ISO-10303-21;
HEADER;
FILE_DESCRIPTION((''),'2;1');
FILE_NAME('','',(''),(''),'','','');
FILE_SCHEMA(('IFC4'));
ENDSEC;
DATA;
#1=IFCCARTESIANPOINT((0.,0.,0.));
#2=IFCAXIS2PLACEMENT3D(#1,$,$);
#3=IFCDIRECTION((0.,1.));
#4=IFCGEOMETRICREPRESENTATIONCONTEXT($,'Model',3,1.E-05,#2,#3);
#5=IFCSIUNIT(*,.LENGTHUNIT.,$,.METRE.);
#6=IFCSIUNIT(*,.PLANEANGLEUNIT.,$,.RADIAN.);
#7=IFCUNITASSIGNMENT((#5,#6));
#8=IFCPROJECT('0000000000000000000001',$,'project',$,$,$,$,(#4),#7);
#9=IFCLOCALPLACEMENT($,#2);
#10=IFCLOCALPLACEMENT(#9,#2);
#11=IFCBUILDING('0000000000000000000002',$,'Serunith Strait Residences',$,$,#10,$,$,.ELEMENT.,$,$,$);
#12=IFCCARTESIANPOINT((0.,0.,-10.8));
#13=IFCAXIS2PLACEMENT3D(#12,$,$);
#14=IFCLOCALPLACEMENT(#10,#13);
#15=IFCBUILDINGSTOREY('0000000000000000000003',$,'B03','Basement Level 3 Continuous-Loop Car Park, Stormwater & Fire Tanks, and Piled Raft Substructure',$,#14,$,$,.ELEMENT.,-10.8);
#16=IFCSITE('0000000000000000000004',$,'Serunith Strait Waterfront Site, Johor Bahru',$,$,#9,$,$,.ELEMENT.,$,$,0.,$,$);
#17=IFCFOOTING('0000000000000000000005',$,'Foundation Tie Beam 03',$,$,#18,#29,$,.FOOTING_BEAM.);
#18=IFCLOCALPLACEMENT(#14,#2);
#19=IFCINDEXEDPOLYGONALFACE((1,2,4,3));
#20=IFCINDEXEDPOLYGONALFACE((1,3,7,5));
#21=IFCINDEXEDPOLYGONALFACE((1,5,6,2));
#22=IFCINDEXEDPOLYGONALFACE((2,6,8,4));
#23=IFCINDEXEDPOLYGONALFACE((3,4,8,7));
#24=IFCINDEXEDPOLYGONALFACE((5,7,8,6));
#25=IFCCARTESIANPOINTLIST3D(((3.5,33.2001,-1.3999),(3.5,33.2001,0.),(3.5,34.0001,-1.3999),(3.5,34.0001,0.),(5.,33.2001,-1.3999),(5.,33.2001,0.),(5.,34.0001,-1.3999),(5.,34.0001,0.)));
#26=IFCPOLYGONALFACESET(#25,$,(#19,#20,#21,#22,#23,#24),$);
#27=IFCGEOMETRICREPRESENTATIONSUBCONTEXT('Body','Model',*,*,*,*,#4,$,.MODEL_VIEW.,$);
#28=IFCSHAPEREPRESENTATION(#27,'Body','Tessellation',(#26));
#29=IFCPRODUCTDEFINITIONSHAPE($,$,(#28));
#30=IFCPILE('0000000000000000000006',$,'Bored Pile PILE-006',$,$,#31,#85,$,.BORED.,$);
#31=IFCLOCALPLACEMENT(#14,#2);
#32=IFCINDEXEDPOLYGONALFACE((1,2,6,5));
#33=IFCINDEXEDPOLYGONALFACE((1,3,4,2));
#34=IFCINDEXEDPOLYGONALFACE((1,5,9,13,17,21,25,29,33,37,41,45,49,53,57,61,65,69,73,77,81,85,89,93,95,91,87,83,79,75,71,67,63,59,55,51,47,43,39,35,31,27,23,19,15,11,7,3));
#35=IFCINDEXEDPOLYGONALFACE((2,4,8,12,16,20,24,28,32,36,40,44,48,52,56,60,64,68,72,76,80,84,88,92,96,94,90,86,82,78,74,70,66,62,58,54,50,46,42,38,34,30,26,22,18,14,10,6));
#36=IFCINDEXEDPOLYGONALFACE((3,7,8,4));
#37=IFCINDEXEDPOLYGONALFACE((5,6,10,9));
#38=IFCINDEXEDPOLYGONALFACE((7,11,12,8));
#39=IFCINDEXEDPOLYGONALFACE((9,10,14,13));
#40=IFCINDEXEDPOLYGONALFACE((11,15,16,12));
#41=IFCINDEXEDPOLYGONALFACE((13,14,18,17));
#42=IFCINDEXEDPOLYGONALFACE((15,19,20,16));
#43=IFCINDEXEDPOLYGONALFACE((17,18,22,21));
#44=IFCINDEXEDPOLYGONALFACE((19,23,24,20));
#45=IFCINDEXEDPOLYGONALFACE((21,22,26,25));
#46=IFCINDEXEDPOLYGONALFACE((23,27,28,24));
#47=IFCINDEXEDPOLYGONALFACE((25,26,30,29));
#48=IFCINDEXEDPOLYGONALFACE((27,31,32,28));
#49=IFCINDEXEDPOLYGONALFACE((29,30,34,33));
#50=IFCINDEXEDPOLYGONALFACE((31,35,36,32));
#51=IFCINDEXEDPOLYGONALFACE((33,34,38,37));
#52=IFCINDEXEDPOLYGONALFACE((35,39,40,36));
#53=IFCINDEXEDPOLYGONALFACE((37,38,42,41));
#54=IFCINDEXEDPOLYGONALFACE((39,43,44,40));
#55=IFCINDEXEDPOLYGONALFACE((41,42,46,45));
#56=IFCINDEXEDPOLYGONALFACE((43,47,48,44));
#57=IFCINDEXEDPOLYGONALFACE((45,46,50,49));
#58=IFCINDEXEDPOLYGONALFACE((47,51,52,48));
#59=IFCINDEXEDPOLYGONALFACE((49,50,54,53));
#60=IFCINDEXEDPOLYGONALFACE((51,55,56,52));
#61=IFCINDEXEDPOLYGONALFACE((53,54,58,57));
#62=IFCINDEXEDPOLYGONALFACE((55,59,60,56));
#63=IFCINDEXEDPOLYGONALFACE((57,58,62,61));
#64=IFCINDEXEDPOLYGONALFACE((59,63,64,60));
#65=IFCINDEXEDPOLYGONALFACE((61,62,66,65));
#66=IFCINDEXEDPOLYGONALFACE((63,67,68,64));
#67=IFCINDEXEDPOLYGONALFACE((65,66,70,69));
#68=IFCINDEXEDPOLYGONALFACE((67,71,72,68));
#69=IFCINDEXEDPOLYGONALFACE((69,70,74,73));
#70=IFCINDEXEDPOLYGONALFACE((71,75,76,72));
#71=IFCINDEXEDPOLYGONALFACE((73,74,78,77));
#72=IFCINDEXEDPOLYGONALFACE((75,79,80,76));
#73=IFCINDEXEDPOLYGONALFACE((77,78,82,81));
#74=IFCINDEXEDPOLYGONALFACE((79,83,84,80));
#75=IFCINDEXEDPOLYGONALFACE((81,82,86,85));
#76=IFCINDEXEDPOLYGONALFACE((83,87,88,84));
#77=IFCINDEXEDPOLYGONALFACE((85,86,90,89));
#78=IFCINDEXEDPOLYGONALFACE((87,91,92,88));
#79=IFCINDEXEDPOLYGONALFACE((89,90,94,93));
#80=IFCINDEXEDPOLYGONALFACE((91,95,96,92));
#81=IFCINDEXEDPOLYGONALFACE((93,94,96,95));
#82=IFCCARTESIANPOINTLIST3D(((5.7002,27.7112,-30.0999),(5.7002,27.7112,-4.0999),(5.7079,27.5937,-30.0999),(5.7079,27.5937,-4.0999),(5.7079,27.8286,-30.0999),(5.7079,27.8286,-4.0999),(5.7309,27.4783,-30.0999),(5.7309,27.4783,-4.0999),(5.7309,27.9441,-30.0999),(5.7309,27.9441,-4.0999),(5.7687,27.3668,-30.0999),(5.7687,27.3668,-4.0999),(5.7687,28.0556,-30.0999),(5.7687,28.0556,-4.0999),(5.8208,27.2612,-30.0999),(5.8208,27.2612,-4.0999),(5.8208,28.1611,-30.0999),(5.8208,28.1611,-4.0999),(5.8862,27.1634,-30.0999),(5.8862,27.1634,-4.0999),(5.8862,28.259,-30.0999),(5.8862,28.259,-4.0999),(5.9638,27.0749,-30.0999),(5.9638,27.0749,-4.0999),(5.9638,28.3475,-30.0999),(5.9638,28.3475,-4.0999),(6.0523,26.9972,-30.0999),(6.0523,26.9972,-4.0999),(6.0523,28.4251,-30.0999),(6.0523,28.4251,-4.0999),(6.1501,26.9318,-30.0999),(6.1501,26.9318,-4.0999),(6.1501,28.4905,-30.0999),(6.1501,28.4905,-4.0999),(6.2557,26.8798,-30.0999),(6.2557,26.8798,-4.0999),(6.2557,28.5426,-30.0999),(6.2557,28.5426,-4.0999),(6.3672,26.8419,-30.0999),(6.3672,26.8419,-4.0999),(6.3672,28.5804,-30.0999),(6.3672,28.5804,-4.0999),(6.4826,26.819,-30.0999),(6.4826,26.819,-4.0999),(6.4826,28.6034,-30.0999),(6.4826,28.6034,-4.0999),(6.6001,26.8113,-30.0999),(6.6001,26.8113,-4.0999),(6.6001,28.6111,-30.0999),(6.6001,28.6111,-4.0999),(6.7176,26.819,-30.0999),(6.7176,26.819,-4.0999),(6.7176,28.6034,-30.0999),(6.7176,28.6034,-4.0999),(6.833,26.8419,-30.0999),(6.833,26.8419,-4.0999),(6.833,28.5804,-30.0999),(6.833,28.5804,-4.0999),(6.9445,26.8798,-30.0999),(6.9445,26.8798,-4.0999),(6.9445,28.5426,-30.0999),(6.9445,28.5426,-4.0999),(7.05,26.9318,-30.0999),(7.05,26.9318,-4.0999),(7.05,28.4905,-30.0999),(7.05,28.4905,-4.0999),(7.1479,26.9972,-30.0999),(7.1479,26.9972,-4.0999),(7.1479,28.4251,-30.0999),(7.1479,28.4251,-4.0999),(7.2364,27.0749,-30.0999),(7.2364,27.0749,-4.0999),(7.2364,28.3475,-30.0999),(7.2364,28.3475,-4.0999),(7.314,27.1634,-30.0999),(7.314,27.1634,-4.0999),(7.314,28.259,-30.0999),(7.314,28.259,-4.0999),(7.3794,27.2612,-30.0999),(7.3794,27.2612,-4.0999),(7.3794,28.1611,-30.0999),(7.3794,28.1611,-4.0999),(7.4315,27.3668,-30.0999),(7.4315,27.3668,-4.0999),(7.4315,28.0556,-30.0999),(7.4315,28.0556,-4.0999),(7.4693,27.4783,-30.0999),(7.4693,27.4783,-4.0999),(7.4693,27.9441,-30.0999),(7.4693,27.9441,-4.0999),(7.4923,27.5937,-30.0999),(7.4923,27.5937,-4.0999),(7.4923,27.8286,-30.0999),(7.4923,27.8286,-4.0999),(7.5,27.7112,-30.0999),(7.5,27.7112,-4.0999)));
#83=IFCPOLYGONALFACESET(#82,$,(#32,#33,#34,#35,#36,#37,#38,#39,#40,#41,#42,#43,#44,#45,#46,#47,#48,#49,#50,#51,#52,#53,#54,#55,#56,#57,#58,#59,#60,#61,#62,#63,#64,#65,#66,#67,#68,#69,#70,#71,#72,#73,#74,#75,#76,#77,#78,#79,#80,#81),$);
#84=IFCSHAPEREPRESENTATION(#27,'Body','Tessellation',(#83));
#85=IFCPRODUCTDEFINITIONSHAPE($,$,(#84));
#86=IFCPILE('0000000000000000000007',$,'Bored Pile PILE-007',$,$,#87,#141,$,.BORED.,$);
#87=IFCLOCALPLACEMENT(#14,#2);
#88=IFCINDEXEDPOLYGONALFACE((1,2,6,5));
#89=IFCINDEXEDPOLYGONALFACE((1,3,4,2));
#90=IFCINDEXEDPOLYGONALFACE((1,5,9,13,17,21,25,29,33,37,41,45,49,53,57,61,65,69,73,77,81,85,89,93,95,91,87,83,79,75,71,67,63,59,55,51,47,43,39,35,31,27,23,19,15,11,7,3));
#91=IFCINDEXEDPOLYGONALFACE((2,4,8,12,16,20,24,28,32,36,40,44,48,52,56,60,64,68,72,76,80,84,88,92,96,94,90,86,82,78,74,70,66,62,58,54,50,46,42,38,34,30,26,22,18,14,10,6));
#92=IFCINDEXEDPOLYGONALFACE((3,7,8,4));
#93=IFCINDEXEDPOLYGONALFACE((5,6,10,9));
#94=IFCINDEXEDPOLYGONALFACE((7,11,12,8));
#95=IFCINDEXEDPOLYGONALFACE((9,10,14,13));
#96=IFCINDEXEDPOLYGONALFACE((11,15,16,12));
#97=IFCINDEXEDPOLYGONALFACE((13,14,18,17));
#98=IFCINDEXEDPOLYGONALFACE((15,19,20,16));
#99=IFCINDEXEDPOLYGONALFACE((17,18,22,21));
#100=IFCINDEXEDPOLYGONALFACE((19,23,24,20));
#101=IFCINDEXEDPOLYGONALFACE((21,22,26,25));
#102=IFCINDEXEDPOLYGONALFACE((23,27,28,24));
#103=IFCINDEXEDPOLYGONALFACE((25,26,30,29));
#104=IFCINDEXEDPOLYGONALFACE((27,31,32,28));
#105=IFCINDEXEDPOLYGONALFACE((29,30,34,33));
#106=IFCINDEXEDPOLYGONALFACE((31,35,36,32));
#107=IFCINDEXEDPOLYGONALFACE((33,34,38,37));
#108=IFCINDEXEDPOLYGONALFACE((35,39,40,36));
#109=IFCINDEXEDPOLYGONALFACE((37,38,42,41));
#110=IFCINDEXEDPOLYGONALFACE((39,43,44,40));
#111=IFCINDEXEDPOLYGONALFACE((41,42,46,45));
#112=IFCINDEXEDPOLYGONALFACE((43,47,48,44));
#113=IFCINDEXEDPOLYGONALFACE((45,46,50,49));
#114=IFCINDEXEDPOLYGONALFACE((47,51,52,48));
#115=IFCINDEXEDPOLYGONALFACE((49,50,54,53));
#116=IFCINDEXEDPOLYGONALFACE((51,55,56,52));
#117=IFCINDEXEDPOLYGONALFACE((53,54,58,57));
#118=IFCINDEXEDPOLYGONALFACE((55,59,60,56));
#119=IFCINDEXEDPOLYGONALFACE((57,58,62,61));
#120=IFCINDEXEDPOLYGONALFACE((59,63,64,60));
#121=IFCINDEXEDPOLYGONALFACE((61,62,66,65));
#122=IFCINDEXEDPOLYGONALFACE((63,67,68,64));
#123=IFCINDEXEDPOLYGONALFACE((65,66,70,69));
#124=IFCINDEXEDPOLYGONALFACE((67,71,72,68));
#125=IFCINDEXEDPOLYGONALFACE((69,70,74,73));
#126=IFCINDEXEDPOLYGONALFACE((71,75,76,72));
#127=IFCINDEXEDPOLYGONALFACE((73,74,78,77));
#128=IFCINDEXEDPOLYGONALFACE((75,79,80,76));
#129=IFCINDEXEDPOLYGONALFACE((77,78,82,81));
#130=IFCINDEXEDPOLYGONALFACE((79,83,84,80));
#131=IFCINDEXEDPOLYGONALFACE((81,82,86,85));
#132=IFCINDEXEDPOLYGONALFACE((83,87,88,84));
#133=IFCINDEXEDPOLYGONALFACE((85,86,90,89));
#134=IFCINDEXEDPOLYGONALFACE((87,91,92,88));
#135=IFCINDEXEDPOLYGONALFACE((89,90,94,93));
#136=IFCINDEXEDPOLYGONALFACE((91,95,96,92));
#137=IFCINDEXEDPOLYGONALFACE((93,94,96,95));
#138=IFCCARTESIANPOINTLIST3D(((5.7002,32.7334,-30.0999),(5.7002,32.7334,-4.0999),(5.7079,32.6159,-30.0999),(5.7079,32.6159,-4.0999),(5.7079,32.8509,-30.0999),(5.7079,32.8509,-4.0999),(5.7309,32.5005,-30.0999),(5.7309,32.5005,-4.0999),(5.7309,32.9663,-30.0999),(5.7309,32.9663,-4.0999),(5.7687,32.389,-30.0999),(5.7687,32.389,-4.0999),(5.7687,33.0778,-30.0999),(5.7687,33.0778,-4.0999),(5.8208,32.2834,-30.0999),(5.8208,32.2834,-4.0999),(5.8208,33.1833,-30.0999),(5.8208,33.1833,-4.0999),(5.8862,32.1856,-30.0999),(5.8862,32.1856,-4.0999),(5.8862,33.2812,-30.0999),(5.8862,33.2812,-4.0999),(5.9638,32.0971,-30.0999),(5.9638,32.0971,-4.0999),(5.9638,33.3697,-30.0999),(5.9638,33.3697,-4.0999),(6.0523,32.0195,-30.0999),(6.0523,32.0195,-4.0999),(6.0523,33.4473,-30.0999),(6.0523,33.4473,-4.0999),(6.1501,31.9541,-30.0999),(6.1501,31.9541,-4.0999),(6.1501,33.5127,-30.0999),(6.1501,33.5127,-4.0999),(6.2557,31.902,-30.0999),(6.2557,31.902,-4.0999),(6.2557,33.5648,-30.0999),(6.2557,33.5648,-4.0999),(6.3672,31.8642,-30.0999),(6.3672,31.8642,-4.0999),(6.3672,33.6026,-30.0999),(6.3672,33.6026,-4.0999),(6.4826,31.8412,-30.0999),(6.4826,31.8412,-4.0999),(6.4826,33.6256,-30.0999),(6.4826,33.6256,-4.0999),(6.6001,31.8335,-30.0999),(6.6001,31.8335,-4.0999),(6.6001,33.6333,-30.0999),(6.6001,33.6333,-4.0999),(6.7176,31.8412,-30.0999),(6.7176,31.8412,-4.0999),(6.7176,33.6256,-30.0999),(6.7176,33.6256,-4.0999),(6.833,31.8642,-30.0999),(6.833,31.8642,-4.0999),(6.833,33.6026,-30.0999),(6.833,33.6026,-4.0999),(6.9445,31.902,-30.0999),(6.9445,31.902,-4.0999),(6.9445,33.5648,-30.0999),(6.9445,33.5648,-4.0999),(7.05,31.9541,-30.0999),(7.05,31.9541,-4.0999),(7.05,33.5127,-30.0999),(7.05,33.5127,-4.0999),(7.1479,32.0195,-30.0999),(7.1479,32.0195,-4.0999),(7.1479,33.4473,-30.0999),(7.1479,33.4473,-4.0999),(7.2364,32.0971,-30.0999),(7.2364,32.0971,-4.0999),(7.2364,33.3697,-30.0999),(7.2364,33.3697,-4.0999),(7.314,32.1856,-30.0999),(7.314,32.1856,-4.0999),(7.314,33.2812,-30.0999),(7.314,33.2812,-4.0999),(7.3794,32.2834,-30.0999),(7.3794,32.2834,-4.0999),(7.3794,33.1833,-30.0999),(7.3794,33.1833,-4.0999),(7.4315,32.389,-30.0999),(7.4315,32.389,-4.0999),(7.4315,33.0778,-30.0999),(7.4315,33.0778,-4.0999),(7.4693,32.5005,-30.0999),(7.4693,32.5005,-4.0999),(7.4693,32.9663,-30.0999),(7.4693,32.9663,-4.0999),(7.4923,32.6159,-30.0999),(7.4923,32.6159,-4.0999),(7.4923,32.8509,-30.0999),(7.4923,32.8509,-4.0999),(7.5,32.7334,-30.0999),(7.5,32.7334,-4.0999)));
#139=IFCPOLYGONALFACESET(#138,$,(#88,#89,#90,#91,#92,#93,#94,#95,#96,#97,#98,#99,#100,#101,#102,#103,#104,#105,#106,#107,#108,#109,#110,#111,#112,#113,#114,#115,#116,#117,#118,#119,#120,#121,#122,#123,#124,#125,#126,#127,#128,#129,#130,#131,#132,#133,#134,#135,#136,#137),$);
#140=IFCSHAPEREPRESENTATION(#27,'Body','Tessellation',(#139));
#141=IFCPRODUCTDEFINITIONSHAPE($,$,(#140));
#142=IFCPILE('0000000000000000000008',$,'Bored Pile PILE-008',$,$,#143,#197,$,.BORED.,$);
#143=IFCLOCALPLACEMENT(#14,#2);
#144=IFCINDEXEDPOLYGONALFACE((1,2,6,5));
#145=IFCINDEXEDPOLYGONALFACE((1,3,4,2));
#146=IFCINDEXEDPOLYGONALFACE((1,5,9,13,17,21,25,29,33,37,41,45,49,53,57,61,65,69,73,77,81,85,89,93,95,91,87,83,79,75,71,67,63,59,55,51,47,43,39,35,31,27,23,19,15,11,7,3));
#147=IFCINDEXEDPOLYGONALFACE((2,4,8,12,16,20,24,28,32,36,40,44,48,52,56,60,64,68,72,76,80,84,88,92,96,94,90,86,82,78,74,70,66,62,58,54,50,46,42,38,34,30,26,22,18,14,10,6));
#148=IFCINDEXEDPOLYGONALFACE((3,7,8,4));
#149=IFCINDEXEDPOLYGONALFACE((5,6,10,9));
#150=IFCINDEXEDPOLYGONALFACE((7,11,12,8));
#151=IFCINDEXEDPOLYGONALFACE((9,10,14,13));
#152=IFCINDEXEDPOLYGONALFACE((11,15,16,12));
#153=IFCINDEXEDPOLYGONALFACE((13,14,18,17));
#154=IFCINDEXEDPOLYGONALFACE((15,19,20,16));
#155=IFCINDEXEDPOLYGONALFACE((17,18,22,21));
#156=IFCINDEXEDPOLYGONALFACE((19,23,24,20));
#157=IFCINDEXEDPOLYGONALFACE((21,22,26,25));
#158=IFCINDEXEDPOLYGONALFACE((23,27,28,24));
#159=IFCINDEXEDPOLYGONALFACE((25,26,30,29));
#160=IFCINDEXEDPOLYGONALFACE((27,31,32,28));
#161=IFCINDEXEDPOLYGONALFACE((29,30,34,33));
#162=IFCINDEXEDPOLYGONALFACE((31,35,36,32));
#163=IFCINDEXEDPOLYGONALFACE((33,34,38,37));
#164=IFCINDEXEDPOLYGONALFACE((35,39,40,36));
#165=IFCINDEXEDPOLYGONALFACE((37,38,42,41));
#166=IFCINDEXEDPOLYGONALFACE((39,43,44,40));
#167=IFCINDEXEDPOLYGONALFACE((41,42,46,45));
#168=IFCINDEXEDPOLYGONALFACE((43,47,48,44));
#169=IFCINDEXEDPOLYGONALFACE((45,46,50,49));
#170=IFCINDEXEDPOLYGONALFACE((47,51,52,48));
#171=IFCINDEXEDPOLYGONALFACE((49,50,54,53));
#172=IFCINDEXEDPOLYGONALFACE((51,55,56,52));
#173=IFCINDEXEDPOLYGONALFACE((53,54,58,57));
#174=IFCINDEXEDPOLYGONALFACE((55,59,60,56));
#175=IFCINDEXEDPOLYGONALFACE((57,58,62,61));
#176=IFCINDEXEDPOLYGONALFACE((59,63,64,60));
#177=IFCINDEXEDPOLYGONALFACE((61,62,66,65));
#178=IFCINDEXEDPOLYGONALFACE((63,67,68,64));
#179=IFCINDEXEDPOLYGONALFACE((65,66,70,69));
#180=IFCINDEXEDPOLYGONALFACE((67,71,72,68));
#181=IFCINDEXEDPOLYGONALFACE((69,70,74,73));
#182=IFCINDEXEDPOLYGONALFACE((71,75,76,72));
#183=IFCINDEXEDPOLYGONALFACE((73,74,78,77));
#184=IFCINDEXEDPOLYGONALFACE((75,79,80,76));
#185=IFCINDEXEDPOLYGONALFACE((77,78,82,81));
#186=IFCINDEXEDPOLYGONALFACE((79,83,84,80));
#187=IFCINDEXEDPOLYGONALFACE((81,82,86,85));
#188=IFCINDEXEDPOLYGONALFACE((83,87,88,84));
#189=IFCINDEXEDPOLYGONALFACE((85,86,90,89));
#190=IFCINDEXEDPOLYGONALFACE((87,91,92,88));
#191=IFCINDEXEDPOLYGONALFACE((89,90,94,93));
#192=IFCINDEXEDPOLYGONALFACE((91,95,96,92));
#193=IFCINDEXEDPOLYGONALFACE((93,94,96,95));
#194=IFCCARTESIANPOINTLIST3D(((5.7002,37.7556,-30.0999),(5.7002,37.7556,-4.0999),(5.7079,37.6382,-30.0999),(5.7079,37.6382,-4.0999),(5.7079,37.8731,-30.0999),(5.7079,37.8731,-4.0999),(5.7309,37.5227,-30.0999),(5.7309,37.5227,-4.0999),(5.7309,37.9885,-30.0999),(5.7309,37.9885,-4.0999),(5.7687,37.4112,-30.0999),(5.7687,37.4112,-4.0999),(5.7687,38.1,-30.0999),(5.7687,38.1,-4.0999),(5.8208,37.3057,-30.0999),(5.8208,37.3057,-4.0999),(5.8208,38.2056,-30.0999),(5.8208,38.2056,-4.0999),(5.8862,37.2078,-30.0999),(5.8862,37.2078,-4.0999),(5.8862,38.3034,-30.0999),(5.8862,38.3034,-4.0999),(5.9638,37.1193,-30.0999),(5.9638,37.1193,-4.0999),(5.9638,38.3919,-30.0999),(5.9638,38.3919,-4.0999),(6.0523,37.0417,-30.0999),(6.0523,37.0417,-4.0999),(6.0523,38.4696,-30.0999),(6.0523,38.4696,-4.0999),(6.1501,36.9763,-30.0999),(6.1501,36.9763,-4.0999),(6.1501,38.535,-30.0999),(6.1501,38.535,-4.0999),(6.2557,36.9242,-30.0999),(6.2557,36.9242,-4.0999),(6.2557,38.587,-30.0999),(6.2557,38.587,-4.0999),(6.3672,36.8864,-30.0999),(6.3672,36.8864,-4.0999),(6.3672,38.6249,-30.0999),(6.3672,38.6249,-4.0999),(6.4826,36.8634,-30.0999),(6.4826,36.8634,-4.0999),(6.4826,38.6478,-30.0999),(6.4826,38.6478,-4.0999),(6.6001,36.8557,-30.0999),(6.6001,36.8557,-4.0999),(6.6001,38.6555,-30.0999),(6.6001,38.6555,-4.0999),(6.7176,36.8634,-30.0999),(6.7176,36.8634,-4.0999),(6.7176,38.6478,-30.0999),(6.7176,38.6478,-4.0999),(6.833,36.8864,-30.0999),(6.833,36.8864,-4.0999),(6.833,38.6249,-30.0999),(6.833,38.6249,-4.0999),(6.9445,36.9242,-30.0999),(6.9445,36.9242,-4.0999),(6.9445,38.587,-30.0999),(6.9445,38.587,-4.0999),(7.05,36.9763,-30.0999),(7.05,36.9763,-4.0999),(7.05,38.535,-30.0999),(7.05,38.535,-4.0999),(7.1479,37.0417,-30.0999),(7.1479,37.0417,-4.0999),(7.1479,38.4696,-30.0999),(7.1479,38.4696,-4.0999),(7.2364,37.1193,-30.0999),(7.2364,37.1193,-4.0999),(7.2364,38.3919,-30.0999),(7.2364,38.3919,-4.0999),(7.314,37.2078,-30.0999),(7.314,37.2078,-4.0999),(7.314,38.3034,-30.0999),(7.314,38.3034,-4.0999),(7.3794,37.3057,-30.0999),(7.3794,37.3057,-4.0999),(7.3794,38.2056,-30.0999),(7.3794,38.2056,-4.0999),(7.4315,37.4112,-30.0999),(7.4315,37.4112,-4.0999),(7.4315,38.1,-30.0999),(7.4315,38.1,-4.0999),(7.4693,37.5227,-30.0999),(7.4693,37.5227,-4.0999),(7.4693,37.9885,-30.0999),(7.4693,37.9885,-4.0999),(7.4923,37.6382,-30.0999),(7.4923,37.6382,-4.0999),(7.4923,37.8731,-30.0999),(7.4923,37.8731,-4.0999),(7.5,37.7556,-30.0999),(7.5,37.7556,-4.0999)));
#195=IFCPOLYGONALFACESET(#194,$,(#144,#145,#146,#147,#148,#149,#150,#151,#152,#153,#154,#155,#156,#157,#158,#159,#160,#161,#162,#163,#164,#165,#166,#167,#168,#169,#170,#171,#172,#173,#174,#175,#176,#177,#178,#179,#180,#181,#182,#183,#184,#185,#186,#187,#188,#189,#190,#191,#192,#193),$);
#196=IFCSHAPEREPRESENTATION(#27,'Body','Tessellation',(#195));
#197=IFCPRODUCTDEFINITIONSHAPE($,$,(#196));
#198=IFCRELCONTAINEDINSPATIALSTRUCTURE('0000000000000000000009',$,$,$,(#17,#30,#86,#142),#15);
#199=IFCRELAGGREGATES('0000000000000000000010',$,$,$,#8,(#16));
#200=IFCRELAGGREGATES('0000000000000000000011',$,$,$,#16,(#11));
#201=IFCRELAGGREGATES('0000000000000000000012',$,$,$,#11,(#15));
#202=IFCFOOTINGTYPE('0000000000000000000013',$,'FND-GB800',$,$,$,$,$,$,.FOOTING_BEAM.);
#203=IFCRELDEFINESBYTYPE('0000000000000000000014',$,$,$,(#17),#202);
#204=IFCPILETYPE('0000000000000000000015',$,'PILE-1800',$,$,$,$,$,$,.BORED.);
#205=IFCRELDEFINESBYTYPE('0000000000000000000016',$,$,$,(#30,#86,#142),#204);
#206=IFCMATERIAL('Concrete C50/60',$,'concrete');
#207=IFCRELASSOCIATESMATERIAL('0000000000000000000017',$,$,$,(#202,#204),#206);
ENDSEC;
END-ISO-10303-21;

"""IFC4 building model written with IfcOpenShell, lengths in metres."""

from ifc_helpers import new_model, si_unit, direction, frame, origin, origin_2d, place, context, subcontext, project, spatial, rectangle, circle, extrude, source, transform, mapped, material, material_profile, profile_set, type_object, element, save


model = new_model("IFC4")

# Units and contexts
model_context = context("Model", 3, precision=1e-05, world=origin(), true_north=direction((0.0, 1.0)))
body_context = subcontext(model_context, "Body", "Model", "MODEL_VIEW")
ifc_project = project(units=[si_unit("LENGTHUNIT", "METRE"), si_unit("PLANEANGLEUNIT", "RADIAN")], contexts=[model_context])

# Site, building, storey
site_placement = place(None, origin())
site = spatial("IfcSite", under=ifc_project, at=site_placement, Name="Serunith Strait Waterfront Site, Johor Bahru", CompositionType="ELEMENT", RefElevation=0.0)
building_placement = place(site_placement, origin())
building = spatial("IfcBuilding", under=site, at=building_placement, Name="Serunith Strait Residences", CompositionType="ELEMENT")
storey_placement = place(building_placement, frame((0.0, 0.0, -10.8)))
storey = spatial("IfcBuildingStorey", under=building, at=storey_placement, Name="B03", Description="Basement Level 3 Continuous-Loop Car Park, Stormwater & Fire Tanks, and Piled Raft Substructure", CompositionType="ELEMENT", Elevation=-10.8)

# Footing
ifc_material_1 = material(Name="Concrete C50/60", Category="concrete")
ifc_material_profile_1 = material_profile(ifc_material_1, rectangle(XDim=0.8, YDim=1.3999, at=origin_2d()), Name="RC 800x1400")
ifc_profile_set_1 = profile_set([ifc_material_profile_1], Name="Concrete C50/60")
footing_type = type_object("IfcFootingType", Name="FND-GB800", PredefinedType="FOOTING_BEAM", material=ifc_profile_set_1)
shared_shape_1 = source(origin(), body_context, "Body", "SweptSolid", [
    extrude(rectangle(XDim=0.8, YDim=1.3999, at=origin_2d()), origin(), (0.0, 0.0, 1.0), 1.5),
])
footing_placement = place(storey_placement, frame((3.5, 33.6001, -0.7), z_axis=(1.0, 0.0, 0.0), x_axis=(0.0, 1.0, 0.0)))
element("IfcFooting", 1, at=footing_placement, inside=storey, type_object=footing_type, Name="Foundation Tie Beam 03", PredefinedType="FOOTING_BEAM", context=body_context, shape_type="MappedRepresentation", body=[
    mapped(shared_shape_1, transform((0.0, 0.0, 0.0), scale=1.0)),
])

# Piles
ifc_material_profile_2 = material_profile(ifc_material_1, circle(Radius=0.8999, at=origin_2d()), Name="PILE D1800")
ifc_profile_set_2 = profile_set([ifc_material_profile_2], Name="Concrete C50/60")
pile_type_1 = type_object("IfcPileType", Name="PILE-1800", PredefinedType="BORED", material=ifc_profile_set_2)
shared_shape_2 = source(origin(), body_context, "Body", "SweptSolid", [
    extrude(circle(Radius=0.8999, at=origin_2d()), origin(), (0.0, 0.0, 1.0), 26.0),
])
for number, where, z_axis, x_axis, name in (
    (2, (6.6001, 27.7112, -4.0999), (0.0, 0.0, -1.0), (1.0, 0.0, 0.0), "Bored Pile PILE-006"),
    (3, (6.6001, 32.7334, -4.0999), (0.0, 0.0, -1.0), (1.0, 0.0, 0.0), "Bored Pile PILE-007"),
    (4, (6.6001, 37.7556, -4.0999), (0.0, 0.0, -1.0), (1.0, 0.0, 0.0), "Bored Pile PILE-008"),
):
    element("IfcPile", number, at=place(storey_placement, frame(where, z_axis=z_axis, x_axis=x_axis)), inside=storey, type_object=pile_type_1, Name=name, PredefinedType="BORED", context=body_context, shape_type="MappedRepresentation", body=[
        mapped(shared_shape_2, transform((0.0, 0.0, 0.0), scale=1.0)),
    ])

save(model, "model.ifc")
